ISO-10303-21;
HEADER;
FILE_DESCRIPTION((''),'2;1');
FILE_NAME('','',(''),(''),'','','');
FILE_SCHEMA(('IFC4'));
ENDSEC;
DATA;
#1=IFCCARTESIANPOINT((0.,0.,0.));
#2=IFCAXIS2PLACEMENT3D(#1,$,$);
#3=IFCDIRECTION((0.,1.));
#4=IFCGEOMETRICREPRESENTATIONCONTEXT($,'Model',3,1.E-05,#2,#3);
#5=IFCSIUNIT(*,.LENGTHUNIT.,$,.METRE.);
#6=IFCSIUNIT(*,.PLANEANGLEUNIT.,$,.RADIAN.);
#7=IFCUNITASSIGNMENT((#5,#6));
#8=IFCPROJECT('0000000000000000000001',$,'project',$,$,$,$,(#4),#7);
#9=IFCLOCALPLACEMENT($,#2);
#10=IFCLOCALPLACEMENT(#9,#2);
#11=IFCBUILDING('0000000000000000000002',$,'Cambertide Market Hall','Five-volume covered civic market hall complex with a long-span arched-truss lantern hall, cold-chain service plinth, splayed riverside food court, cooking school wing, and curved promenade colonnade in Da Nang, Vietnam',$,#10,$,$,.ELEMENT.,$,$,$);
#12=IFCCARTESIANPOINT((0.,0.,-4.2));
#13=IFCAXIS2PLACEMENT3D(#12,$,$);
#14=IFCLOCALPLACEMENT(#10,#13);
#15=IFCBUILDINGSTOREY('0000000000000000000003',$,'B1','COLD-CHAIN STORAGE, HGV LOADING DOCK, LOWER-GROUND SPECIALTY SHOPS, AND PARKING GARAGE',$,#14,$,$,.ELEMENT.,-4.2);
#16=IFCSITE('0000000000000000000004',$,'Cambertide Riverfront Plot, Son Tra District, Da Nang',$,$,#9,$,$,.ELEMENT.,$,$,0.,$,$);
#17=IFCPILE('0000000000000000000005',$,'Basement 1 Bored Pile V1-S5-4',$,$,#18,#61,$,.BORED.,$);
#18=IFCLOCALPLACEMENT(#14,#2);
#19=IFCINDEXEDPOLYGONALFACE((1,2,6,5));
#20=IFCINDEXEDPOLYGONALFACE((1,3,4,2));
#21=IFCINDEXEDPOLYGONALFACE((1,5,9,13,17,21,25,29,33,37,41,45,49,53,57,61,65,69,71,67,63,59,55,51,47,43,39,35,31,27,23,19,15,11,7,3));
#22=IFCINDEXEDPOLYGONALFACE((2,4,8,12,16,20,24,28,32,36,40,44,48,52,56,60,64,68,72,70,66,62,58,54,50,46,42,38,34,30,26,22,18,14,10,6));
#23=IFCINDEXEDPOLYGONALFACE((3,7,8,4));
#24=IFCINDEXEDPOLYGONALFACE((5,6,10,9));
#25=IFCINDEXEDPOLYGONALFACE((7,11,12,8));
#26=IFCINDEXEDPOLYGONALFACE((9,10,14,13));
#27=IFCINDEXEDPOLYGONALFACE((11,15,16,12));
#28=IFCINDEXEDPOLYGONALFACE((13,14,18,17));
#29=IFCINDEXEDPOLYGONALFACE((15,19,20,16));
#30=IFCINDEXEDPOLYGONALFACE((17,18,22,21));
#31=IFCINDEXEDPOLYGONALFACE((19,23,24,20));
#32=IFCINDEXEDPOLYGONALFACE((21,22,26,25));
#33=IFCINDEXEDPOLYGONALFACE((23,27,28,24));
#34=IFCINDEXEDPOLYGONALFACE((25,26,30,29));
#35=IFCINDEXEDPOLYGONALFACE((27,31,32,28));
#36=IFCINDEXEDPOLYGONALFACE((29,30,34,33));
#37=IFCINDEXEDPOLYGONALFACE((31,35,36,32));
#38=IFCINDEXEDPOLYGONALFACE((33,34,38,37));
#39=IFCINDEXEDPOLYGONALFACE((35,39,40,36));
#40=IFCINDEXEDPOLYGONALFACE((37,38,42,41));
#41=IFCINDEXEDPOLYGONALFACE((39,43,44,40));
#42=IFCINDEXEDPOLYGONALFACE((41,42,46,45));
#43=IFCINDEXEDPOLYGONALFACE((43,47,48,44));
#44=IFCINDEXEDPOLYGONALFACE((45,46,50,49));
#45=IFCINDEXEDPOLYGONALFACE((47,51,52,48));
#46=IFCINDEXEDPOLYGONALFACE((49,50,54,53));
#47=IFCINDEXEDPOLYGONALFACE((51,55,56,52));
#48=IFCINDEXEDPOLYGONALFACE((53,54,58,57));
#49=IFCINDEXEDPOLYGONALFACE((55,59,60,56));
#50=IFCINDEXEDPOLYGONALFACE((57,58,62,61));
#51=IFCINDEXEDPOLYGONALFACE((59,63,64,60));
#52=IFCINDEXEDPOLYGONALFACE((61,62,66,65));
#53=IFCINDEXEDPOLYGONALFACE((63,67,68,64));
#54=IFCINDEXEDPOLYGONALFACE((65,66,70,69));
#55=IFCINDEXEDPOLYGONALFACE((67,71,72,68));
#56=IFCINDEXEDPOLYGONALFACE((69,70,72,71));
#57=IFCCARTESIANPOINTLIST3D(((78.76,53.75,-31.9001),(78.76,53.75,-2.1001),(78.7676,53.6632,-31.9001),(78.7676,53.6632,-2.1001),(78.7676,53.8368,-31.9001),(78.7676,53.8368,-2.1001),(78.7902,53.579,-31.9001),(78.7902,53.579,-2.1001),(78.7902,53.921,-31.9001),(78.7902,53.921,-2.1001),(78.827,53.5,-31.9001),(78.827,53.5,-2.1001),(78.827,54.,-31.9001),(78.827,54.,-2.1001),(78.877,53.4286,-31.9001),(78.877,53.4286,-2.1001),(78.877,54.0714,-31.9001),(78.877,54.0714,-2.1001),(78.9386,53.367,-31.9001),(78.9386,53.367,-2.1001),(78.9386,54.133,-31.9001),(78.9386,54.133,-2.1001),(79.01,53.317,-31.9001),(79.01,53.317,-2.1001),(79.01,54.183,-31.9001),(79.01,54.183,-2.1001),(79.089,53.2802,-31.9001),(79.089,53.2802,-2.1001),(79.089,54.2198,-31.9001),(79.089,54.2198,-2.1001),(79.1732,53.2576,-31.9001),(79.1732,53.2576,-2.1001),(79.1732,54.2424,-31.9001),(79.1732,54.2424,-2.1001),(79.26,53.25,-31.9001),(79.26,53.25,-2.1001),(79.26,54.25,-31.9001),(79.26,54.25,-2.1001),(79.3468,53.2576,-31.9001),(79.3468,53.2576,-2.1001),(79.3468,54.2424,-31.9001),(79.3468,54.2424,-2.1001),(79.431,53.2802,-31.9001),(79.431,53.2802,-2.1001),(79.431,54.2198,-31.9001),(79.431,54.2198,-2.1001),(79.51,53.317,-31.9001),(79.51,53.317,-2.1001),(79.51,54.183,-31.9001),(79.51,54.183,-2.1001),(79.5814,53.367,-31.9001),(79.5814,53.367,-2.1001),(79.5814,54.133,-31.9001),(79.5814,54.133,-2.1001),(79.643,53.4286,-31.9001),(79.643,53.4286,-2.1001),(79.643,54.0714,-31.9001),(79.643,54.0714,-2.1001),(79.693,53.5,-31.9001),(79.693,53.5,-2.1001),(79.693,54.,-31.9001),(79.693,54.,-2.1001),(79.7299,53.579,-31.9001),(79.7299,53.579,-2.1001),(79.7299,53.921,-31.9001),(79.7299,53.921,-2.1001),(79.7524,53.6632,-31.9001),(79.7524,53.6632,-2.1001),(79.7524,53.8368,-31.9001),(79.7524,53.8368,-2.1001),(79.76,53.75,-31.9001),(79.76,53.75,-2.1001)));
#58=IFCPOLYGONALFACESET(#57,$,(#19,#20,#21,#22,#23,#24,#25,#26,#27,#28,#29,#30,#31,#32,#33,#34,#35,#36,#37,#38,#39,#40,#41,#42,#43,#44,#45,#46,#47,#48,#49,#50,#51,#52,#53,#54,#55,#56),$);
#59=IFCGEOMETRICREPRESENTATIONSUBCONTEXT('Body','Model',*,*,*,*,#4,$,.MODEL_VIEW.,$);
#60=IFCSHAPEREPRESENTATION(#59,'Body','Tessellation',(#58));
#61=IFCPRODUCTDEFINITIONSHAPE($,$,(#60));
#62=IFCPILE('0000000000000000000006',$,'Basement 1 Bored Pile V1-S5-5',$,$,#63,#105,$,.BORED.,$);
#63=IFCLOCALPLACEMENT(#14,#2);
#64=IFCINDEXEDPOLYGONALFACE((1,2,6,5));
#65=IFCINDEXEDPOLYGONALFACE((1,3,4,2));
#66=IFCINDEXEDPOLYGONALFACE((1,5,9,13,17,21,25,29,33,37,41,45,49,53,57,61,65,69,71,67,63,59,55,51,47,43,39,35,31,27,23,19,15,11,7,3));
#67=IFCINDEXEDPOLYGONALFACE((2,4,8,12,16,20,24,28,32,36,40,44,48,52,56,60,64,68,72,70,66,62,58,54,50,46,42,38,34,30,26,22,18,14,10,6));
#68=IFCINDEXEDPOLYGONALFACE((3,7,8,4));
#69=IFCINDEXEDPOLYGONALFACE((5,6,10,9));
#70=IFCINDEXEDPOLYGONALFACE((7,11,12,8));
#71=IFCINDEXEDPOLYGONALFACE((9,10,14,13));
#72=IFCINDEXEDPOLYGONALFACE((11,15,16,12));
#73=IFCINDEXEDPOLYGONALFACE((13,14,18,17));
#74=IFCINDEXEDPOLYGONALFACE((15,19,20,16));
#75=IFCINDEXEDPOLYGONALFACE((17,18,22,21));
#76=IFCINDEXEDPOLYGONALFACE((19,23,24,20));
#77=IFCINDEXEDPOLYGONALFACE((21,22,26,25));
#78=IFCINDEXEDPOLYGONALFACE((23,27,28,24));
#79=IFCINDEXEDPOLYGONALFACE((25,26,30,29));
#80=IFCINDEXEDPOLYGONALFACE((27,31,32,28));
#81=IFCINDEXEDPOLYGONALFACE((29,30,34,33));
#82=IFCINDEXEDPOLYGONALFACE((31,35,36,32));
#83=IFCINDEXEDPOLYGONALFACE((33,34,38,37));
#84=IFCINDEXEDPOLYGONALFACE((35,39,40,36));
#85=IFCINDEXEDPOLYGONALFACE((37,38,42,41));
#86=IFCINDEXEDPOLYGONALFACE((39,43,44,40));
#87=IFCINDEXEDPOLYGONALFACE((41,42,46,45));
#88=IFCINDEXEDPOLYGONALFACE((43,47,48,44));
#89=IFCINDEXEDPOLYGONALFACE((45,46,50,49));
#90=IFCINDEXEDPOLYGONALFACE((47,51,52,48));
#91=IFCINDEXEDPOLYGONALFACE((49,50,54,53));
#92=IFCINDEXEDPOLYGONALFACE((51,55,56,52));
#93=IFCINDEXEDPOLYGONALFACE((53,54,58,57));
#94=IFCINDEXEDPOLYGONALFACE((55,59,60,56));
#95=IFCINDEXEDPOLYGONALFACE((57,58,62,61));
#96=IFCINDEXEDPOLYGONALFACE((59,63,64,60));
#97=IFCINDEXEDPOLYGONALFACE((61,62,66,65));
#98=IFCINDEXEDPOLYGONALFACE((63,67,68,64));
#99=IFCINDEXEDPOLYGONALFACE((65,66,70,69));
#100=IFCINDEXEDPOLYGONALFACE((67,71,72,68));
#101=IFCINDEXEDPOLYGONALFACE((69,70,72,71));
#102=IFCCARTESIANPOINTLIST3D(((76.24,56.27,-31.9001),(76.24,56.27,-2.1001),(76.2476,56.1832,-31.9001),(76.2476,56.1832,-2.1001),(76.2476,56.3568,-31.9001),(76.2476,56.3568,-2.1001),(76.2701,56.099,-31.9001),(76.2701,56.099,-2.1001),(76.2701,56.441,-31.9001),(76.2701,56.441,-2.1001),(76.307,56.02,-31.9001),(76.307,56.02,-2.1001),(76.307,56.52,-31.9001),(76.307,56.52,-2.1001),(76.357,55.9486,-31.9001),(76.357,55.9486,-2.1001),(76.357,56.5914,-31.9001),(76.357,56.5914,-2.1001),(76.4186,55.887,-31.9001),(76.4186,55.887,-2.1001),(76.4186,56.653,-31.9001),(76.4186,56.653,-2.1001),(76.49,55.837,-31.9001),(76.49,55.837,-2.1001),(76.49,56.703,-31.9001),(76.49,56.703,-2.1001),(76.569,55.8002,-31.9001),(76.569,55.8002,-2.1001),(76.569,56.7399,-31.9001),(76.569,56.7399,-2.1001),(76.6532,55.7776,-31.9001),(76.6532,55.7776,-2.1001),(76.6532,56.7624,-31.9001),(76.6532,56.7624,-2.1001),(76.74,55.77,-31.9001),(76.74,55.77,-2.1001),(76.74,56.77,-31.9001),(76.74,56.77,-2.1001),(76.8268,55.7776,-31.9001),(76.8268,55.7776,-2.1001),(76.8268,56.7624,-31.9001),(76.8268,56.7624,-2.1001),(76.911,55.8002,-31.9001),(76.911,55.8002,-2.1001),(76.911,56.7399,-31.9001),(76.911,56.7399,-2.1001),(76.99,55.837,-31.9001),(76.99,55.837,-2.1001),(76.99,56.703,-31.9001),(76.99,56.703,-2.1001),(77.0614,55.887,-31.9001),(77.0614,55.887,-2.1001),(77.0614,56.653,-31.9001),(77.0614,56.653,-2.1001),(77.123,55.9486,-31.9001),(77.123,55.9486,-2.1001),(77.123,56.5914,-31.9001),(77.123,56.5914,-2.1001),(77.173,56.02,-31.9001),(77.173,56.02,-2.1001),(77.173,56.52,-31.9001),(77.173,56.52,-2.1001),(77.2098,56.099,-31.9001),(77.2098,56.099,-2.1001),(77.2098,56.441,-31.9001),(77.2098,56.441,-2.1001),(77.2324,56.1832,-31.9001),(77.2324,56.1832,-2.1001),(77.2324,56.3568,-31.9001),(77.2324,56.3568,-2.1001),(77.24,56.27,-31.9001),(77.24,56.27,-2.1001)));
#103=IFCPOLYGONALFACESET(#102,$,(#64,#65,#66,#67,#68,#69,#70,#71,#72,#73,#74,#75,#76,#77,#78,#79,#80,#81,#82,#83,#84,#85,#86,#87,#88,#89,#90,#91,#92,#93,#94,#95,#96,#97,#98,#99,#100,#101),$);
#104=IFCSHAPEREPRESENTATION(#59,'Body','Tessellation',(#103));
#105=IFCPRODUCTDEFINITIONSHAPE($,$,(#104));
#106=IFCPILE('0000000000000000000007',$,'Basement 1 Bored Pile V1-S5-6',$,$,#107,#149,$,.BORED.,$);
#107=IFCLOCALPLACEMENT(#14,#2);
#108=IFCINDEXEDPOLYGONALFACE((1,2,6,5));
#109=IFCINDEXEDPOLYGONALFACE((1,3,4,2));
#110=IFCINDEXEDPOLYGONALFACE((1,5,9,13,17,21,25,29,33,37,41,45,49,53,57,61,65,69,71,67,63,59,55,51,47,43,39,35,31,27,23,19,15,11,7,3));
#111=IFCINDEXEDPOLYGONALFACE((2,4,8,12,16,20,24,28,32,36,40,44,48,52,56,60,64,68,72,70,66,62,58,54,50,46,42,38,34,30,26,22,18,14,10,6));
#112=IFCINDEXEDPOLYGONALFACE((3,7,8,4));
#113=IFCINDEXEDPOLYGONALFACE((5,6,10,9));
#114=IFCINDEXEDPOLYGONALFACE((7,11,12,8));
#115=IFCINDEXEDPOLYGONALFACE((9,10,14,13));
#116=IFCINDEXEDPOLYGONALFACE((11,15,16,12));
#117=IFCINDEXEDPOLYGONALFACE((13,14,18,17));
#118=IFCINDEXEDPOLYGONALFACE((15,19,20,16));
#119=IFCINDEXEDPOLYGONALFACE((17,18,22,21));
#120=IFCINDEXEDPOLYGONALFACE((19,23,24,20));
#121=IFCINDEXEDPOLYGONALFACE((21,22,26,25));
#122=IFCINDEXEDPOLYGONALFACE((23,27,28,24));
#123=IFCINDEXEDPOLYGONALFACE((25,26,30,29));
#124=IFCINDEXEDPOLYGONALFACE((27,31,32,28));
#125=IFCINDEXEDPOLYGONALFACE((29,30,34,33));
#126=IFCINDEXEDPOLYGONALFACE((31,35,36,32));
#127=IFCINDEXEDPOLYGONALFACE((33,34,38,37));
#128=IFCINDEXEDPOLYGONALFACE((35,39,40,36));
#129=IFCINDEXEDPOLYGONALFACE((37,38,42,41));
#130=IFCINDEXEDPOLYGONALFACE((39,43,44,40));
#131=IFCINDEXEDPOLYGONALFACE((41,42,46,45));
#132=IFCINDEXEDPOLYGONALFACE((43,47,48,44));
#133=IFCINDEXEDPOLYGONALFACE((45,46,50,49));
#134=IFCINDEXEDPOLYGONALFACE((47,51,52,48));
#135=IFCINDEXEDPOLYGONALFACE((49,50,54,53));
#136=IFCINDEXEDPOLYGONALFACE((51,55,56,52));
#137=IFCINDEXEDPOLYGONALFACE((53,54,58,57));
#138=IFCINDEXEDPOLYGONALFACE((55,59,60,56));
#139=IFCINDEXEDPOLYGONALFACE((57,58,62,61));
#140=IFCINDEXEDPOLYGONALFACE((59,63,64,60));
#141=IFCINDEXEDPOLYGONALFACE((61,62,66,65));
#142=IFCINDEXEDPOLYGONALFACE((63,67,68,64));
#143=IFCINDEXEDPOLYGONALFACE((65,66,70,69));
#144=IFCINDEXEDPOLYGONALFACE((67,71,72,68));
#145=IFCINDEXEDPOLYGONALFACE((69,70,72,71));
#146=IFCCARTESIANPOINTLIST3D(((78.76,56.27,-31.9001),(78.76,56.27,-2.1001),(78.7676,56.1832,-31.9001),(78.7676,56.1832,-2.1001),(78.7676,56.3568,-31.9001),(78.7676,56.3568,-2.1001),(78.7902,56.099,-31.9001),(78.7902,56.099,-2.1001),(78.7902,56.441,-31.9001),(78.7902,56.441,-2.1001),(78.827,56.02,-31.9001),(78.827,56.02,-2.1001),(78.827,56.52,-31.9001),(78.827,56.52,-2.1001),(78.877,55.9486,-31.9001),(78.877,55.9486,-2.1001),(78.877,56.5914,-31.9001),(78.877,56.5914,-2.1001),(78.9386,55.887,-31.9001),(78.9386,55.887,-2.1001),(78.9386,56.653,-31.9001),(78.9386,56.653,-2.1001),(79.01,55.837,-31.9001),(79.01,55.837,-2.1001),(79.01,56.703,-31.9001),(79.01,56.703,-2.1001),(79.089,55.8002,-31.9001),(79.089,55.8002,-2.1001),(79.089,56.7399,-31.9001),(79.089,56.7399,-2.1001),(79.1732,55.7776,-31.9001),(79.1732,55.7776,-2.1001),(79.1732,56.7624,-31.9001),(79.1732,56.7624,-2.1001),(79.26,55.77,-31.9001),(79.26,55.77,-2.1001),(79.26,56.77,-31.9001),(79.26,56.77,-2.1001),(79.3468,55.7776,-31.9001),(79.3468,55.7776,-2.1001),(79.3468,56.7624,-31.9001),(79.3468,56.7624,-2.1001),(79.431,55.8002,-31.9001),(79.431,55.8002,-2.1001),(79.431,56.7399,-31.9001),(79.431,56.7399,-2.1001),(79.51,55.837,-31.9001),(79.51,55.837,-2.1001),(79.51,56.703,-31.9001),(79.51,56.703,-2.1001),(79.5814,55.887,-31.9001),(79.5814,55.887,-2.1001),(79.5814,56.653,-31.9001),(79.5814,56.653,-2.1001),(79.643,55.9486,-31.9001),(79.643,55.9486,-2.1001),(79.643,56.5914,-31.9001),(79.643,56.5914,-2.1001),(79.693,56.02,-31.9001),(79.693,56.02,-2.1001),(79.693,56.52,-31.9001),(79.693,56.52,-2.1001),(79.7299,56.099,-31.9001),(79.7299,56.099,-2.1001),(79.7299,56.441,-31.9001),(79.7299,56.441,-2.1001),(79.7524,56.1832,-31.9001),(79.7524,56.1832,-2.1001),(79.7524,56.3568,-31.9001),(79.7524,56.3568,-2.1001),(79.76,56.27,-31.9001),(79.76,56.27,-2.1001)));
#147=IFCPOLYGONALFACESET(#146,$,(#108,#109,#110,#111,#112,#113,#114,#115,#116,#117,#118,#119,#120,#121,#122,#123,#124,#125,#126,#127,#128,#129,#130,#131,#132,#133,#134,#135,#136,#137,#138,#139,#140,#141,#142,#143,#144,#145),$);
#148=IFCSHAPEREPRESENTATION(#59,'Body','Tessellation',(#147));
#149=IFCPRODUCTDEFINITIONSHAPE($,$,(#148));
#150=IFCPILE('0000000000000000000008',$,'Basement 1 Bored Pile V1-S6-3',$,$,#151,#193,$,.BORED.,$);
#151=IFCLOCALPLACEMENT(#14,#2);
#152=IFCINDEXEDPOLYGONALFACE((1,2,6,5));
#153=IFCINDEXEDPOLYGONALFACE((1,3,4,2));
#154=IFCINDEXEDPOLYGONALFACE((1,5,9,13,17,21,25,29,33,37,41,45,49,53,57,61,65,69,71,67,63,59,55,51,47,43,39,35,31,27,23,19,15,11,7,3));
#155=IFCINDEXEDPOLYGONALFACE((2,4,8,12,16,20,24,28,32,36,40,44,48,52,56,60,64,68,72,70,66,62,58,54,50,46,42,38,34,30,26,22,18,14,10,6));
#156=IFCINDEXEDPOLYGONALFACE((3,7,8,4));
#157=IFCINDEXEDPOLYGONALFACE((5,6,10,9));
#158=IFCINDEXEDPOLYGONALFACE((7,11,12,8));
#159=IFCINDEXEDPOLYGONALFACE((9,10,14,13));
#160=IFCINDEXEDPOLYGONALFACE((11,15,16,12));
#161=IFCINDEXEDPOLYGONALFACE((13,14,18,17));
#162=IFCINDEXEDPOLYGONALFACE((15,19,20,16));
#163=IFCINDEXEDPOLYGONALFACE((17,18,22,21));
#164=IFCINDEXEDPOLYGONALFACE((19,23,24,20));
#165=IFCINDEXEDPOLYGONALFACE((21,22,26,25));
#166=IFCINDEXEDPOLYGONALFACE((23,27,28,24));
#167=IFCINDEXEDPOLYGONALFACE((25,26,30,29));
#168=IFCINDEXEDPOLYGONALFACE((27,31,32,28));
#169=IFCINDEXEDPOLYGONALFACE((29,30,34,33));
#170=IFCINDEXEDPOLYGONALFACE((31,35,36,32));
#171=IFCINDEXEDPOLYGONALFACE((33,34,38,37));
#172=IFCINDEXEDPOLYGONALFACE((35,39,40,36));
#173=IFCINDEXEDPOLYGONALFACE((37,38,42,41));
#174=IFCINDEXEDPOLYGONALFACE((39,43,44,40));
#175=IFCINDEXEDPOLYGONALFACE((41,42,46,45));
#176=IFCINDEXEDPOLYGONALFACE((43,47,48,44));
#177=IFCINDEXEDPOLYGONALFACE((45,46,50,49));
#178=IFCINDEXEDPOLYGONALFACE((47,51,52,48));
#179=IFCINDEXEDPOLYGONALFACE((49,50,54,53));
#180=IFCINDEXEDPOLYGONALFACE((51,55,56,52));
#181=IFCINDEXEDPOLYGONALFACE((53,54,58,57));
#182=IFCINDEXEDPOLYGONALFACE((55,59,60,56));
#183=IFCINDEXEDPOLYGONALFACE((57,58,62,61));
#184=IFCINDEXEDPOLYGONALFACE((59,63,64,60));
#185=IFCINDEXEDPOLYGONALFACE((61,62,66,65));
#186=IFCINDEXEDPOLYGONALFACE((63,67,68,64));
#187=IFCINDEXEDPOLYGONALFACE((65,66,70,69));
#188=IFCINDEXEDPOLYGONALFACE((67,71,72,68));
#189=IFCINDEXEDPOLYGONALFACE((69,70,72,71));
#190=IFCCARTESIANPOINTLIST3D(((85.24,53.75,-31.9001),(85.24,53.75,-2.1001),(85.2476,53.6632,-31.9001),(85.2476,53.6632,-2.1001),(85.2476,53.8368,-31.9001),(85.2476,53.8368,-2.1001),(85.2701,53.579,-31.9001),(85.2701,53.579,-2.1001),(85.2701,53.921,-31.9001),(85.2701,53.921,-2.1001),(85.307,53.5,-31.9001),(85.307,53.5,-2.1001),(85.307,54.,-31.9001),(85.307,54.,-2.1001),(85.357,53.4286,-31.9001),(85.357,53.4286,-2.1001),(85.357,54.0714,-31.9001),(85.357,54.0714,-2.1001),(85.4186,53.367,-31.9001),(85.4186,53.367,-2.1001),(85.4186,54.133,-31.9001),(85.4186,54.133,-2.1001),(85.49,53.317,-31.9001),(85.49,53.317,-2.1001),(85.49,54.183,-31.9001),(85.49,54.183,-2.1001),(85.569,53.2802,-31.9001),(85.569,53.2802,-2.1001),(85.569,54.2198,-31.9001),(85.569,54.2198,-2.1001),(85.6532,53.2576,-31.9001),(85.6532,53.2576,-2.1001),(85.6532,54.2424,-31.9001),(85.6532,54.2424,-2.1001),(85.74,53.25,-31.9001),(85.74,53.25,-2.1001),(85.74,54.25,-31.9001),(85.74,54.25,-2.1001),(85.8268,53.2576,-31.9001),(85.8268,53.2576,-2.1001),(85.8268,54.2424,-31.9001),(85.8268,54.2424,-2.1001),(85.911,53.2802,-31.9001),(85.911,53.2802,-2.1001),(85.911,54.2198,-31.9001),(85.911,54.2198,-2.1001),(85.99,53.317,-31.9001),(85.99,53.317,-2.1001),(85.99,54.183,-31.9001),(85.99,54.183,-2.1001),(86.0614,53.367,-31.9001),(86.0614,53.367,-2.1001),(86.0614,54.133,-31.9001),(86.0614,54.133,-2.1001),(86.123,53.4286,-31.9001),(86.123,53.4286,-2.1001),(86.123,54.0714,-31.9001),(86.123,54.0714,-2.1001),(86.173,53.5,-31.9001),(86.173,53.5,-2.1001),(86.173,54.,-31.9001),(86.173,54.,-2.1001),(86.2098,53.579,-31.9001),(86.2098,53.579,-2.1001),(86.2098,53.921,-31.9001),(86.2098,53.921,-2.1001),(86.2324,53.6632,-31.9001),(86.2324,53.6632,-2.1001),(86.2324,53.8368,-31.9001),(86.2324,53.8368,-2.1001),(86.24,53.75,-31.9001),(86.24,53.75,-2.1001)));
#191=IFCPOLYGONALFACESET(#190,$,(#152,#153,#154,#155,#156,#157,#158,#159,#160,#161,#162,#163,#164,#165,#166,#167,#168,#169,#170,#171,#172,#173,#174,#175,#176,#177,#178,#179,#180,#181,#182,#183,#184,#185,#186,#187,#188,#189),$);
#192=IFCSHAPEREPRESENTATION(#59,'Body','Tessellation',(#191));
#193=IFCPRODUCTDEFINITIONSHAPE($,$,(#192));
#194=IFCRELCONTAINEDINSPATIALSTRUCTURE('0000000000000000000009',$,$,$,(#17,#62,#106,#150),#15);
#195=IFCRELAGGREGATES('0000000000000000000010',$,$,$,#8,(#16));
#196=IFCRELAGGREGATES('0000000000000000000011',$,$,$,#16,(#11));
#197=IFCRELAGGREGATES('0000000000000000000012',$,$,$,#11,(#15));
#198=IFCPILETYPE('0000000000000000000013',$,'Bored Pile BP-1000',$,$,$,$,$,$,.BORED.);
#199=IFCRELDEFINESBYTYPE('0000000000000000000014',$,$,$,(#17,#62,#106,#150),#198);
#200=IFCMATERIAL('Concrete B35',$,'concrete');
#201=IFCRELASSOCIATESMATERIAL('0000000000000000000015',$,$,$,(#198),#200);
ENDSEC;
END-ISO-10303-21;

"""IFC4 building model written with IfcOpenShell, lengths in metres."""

from ifc_helpers import new_model, si_unit, direction, frame, origin, origin_2d, place, context, subcontext, project, spatial, circle, extrude, material, material_profile, profile_set, type_object, element, save


model = new_model("IFC4")

# Units and contexts
model_context = context("Model", 3, precision=1e-05, world=origin(), true_north=direction((0.0, 1.0)))
body_context = subcontext(model_context, "Body", "Model", "MODEL_VIEW")
ifc_project = project(units=[si_unit("LENGTHUNIT", "METRE"), si_unit("PLANEANGLEUNIT", "RADIAN")], contexts=[model_context])

# Site, building, storey
site_placement = place(None, origin())
site = spatial("IfcSite", under=ifc_project, at=site_placement, Name="Cambertide Riverfront Plot, Son Tra District, Da Nang", CompositionType="ELEMENT", RefElevation=0.0)
building_placement = place(site_placement, origin())
building = spatial("IfcBuilding", under=site, at=building_placement, Name="Cambertide Market Hall", Description="Five-volume covered civic market hall complex with a long-span arched-truss lantern hall, cold-chain service plinth, splayed riverside food court, cooking school wing, and curved promenade colonnade in Da Nang, Vietnam", CompositionType="ELEMENT")
storey_placement = place(building_placement, frame((0.0, 0.0, -4.2)))
storey = spatial("IfcBuildingStorey", under=building, at=storey_placement, Name="B1", Description="COLD-CHAIN STORAGE, HGV LOADING DOCK, LOWER-GROUND SPECIALTY SHOPS, AND PARKING GARAGE", CompositionType="ELEMENT", Elevation=-4.2)

# Piles
ifc_material_1 = material(Name="Concrete B35", Category="concrete")
ifc_material_profile_1 = material_profile(ifc_material_1, circle(Radius=0.5, at=origin_2d()), Name="BP D1000")
ifc_profile_set_1 = profile_set([ifc_material_profile_1], Name="Concrete B35")
pile_type_1 = type_object("IfcPileType", Name="Bored Pile BP-1000", PredefinedType="BORED", material=ifc_profile_set_1)
for number, where, z_axis, x_axis, name in (
    (1, (79.26, 53.75, -2.1001), (0.0, 0.0, -1.0), (1.0, 0.0, 0.0), "Basement 1 Bored Pile V1-S5-4"),
    (2, (76.74, 56.27, -2.1001), (0.0, 0.0, -1.0), (1.0, 0.0, 0.0), "Basement 1 Bored Pile V1-S5-5"),
    (3, (79.26, 56.27, -2.1001), (0.0, 0.0, -1.0), (1.0, 0.0, 0.0), "Basement 1 Bored Pile V1-S5-6"),
    (4, (85.74, 53.75, -2.1001), (0.0, 0.0, -1.0), (1.0, 0.0, 0.0), "Basement 1 Bored Pile V1-S6-3"),
):
    element("IfcPile", number, at=place(storey_placement, frame(where, z_axis=z_axis, x_axis=x_axis)), inside=storey, type_object=pile_type_1, Name=name, PredefinedType="BORED", context=body_context, shape_type="SweptSolid", body=[
        extrude(circle(Radius=0.5, at=origin_2d()), origin(), (0.0, 0.0, 1.0), 29.8),
    ])

save(model, "model.ifc")
